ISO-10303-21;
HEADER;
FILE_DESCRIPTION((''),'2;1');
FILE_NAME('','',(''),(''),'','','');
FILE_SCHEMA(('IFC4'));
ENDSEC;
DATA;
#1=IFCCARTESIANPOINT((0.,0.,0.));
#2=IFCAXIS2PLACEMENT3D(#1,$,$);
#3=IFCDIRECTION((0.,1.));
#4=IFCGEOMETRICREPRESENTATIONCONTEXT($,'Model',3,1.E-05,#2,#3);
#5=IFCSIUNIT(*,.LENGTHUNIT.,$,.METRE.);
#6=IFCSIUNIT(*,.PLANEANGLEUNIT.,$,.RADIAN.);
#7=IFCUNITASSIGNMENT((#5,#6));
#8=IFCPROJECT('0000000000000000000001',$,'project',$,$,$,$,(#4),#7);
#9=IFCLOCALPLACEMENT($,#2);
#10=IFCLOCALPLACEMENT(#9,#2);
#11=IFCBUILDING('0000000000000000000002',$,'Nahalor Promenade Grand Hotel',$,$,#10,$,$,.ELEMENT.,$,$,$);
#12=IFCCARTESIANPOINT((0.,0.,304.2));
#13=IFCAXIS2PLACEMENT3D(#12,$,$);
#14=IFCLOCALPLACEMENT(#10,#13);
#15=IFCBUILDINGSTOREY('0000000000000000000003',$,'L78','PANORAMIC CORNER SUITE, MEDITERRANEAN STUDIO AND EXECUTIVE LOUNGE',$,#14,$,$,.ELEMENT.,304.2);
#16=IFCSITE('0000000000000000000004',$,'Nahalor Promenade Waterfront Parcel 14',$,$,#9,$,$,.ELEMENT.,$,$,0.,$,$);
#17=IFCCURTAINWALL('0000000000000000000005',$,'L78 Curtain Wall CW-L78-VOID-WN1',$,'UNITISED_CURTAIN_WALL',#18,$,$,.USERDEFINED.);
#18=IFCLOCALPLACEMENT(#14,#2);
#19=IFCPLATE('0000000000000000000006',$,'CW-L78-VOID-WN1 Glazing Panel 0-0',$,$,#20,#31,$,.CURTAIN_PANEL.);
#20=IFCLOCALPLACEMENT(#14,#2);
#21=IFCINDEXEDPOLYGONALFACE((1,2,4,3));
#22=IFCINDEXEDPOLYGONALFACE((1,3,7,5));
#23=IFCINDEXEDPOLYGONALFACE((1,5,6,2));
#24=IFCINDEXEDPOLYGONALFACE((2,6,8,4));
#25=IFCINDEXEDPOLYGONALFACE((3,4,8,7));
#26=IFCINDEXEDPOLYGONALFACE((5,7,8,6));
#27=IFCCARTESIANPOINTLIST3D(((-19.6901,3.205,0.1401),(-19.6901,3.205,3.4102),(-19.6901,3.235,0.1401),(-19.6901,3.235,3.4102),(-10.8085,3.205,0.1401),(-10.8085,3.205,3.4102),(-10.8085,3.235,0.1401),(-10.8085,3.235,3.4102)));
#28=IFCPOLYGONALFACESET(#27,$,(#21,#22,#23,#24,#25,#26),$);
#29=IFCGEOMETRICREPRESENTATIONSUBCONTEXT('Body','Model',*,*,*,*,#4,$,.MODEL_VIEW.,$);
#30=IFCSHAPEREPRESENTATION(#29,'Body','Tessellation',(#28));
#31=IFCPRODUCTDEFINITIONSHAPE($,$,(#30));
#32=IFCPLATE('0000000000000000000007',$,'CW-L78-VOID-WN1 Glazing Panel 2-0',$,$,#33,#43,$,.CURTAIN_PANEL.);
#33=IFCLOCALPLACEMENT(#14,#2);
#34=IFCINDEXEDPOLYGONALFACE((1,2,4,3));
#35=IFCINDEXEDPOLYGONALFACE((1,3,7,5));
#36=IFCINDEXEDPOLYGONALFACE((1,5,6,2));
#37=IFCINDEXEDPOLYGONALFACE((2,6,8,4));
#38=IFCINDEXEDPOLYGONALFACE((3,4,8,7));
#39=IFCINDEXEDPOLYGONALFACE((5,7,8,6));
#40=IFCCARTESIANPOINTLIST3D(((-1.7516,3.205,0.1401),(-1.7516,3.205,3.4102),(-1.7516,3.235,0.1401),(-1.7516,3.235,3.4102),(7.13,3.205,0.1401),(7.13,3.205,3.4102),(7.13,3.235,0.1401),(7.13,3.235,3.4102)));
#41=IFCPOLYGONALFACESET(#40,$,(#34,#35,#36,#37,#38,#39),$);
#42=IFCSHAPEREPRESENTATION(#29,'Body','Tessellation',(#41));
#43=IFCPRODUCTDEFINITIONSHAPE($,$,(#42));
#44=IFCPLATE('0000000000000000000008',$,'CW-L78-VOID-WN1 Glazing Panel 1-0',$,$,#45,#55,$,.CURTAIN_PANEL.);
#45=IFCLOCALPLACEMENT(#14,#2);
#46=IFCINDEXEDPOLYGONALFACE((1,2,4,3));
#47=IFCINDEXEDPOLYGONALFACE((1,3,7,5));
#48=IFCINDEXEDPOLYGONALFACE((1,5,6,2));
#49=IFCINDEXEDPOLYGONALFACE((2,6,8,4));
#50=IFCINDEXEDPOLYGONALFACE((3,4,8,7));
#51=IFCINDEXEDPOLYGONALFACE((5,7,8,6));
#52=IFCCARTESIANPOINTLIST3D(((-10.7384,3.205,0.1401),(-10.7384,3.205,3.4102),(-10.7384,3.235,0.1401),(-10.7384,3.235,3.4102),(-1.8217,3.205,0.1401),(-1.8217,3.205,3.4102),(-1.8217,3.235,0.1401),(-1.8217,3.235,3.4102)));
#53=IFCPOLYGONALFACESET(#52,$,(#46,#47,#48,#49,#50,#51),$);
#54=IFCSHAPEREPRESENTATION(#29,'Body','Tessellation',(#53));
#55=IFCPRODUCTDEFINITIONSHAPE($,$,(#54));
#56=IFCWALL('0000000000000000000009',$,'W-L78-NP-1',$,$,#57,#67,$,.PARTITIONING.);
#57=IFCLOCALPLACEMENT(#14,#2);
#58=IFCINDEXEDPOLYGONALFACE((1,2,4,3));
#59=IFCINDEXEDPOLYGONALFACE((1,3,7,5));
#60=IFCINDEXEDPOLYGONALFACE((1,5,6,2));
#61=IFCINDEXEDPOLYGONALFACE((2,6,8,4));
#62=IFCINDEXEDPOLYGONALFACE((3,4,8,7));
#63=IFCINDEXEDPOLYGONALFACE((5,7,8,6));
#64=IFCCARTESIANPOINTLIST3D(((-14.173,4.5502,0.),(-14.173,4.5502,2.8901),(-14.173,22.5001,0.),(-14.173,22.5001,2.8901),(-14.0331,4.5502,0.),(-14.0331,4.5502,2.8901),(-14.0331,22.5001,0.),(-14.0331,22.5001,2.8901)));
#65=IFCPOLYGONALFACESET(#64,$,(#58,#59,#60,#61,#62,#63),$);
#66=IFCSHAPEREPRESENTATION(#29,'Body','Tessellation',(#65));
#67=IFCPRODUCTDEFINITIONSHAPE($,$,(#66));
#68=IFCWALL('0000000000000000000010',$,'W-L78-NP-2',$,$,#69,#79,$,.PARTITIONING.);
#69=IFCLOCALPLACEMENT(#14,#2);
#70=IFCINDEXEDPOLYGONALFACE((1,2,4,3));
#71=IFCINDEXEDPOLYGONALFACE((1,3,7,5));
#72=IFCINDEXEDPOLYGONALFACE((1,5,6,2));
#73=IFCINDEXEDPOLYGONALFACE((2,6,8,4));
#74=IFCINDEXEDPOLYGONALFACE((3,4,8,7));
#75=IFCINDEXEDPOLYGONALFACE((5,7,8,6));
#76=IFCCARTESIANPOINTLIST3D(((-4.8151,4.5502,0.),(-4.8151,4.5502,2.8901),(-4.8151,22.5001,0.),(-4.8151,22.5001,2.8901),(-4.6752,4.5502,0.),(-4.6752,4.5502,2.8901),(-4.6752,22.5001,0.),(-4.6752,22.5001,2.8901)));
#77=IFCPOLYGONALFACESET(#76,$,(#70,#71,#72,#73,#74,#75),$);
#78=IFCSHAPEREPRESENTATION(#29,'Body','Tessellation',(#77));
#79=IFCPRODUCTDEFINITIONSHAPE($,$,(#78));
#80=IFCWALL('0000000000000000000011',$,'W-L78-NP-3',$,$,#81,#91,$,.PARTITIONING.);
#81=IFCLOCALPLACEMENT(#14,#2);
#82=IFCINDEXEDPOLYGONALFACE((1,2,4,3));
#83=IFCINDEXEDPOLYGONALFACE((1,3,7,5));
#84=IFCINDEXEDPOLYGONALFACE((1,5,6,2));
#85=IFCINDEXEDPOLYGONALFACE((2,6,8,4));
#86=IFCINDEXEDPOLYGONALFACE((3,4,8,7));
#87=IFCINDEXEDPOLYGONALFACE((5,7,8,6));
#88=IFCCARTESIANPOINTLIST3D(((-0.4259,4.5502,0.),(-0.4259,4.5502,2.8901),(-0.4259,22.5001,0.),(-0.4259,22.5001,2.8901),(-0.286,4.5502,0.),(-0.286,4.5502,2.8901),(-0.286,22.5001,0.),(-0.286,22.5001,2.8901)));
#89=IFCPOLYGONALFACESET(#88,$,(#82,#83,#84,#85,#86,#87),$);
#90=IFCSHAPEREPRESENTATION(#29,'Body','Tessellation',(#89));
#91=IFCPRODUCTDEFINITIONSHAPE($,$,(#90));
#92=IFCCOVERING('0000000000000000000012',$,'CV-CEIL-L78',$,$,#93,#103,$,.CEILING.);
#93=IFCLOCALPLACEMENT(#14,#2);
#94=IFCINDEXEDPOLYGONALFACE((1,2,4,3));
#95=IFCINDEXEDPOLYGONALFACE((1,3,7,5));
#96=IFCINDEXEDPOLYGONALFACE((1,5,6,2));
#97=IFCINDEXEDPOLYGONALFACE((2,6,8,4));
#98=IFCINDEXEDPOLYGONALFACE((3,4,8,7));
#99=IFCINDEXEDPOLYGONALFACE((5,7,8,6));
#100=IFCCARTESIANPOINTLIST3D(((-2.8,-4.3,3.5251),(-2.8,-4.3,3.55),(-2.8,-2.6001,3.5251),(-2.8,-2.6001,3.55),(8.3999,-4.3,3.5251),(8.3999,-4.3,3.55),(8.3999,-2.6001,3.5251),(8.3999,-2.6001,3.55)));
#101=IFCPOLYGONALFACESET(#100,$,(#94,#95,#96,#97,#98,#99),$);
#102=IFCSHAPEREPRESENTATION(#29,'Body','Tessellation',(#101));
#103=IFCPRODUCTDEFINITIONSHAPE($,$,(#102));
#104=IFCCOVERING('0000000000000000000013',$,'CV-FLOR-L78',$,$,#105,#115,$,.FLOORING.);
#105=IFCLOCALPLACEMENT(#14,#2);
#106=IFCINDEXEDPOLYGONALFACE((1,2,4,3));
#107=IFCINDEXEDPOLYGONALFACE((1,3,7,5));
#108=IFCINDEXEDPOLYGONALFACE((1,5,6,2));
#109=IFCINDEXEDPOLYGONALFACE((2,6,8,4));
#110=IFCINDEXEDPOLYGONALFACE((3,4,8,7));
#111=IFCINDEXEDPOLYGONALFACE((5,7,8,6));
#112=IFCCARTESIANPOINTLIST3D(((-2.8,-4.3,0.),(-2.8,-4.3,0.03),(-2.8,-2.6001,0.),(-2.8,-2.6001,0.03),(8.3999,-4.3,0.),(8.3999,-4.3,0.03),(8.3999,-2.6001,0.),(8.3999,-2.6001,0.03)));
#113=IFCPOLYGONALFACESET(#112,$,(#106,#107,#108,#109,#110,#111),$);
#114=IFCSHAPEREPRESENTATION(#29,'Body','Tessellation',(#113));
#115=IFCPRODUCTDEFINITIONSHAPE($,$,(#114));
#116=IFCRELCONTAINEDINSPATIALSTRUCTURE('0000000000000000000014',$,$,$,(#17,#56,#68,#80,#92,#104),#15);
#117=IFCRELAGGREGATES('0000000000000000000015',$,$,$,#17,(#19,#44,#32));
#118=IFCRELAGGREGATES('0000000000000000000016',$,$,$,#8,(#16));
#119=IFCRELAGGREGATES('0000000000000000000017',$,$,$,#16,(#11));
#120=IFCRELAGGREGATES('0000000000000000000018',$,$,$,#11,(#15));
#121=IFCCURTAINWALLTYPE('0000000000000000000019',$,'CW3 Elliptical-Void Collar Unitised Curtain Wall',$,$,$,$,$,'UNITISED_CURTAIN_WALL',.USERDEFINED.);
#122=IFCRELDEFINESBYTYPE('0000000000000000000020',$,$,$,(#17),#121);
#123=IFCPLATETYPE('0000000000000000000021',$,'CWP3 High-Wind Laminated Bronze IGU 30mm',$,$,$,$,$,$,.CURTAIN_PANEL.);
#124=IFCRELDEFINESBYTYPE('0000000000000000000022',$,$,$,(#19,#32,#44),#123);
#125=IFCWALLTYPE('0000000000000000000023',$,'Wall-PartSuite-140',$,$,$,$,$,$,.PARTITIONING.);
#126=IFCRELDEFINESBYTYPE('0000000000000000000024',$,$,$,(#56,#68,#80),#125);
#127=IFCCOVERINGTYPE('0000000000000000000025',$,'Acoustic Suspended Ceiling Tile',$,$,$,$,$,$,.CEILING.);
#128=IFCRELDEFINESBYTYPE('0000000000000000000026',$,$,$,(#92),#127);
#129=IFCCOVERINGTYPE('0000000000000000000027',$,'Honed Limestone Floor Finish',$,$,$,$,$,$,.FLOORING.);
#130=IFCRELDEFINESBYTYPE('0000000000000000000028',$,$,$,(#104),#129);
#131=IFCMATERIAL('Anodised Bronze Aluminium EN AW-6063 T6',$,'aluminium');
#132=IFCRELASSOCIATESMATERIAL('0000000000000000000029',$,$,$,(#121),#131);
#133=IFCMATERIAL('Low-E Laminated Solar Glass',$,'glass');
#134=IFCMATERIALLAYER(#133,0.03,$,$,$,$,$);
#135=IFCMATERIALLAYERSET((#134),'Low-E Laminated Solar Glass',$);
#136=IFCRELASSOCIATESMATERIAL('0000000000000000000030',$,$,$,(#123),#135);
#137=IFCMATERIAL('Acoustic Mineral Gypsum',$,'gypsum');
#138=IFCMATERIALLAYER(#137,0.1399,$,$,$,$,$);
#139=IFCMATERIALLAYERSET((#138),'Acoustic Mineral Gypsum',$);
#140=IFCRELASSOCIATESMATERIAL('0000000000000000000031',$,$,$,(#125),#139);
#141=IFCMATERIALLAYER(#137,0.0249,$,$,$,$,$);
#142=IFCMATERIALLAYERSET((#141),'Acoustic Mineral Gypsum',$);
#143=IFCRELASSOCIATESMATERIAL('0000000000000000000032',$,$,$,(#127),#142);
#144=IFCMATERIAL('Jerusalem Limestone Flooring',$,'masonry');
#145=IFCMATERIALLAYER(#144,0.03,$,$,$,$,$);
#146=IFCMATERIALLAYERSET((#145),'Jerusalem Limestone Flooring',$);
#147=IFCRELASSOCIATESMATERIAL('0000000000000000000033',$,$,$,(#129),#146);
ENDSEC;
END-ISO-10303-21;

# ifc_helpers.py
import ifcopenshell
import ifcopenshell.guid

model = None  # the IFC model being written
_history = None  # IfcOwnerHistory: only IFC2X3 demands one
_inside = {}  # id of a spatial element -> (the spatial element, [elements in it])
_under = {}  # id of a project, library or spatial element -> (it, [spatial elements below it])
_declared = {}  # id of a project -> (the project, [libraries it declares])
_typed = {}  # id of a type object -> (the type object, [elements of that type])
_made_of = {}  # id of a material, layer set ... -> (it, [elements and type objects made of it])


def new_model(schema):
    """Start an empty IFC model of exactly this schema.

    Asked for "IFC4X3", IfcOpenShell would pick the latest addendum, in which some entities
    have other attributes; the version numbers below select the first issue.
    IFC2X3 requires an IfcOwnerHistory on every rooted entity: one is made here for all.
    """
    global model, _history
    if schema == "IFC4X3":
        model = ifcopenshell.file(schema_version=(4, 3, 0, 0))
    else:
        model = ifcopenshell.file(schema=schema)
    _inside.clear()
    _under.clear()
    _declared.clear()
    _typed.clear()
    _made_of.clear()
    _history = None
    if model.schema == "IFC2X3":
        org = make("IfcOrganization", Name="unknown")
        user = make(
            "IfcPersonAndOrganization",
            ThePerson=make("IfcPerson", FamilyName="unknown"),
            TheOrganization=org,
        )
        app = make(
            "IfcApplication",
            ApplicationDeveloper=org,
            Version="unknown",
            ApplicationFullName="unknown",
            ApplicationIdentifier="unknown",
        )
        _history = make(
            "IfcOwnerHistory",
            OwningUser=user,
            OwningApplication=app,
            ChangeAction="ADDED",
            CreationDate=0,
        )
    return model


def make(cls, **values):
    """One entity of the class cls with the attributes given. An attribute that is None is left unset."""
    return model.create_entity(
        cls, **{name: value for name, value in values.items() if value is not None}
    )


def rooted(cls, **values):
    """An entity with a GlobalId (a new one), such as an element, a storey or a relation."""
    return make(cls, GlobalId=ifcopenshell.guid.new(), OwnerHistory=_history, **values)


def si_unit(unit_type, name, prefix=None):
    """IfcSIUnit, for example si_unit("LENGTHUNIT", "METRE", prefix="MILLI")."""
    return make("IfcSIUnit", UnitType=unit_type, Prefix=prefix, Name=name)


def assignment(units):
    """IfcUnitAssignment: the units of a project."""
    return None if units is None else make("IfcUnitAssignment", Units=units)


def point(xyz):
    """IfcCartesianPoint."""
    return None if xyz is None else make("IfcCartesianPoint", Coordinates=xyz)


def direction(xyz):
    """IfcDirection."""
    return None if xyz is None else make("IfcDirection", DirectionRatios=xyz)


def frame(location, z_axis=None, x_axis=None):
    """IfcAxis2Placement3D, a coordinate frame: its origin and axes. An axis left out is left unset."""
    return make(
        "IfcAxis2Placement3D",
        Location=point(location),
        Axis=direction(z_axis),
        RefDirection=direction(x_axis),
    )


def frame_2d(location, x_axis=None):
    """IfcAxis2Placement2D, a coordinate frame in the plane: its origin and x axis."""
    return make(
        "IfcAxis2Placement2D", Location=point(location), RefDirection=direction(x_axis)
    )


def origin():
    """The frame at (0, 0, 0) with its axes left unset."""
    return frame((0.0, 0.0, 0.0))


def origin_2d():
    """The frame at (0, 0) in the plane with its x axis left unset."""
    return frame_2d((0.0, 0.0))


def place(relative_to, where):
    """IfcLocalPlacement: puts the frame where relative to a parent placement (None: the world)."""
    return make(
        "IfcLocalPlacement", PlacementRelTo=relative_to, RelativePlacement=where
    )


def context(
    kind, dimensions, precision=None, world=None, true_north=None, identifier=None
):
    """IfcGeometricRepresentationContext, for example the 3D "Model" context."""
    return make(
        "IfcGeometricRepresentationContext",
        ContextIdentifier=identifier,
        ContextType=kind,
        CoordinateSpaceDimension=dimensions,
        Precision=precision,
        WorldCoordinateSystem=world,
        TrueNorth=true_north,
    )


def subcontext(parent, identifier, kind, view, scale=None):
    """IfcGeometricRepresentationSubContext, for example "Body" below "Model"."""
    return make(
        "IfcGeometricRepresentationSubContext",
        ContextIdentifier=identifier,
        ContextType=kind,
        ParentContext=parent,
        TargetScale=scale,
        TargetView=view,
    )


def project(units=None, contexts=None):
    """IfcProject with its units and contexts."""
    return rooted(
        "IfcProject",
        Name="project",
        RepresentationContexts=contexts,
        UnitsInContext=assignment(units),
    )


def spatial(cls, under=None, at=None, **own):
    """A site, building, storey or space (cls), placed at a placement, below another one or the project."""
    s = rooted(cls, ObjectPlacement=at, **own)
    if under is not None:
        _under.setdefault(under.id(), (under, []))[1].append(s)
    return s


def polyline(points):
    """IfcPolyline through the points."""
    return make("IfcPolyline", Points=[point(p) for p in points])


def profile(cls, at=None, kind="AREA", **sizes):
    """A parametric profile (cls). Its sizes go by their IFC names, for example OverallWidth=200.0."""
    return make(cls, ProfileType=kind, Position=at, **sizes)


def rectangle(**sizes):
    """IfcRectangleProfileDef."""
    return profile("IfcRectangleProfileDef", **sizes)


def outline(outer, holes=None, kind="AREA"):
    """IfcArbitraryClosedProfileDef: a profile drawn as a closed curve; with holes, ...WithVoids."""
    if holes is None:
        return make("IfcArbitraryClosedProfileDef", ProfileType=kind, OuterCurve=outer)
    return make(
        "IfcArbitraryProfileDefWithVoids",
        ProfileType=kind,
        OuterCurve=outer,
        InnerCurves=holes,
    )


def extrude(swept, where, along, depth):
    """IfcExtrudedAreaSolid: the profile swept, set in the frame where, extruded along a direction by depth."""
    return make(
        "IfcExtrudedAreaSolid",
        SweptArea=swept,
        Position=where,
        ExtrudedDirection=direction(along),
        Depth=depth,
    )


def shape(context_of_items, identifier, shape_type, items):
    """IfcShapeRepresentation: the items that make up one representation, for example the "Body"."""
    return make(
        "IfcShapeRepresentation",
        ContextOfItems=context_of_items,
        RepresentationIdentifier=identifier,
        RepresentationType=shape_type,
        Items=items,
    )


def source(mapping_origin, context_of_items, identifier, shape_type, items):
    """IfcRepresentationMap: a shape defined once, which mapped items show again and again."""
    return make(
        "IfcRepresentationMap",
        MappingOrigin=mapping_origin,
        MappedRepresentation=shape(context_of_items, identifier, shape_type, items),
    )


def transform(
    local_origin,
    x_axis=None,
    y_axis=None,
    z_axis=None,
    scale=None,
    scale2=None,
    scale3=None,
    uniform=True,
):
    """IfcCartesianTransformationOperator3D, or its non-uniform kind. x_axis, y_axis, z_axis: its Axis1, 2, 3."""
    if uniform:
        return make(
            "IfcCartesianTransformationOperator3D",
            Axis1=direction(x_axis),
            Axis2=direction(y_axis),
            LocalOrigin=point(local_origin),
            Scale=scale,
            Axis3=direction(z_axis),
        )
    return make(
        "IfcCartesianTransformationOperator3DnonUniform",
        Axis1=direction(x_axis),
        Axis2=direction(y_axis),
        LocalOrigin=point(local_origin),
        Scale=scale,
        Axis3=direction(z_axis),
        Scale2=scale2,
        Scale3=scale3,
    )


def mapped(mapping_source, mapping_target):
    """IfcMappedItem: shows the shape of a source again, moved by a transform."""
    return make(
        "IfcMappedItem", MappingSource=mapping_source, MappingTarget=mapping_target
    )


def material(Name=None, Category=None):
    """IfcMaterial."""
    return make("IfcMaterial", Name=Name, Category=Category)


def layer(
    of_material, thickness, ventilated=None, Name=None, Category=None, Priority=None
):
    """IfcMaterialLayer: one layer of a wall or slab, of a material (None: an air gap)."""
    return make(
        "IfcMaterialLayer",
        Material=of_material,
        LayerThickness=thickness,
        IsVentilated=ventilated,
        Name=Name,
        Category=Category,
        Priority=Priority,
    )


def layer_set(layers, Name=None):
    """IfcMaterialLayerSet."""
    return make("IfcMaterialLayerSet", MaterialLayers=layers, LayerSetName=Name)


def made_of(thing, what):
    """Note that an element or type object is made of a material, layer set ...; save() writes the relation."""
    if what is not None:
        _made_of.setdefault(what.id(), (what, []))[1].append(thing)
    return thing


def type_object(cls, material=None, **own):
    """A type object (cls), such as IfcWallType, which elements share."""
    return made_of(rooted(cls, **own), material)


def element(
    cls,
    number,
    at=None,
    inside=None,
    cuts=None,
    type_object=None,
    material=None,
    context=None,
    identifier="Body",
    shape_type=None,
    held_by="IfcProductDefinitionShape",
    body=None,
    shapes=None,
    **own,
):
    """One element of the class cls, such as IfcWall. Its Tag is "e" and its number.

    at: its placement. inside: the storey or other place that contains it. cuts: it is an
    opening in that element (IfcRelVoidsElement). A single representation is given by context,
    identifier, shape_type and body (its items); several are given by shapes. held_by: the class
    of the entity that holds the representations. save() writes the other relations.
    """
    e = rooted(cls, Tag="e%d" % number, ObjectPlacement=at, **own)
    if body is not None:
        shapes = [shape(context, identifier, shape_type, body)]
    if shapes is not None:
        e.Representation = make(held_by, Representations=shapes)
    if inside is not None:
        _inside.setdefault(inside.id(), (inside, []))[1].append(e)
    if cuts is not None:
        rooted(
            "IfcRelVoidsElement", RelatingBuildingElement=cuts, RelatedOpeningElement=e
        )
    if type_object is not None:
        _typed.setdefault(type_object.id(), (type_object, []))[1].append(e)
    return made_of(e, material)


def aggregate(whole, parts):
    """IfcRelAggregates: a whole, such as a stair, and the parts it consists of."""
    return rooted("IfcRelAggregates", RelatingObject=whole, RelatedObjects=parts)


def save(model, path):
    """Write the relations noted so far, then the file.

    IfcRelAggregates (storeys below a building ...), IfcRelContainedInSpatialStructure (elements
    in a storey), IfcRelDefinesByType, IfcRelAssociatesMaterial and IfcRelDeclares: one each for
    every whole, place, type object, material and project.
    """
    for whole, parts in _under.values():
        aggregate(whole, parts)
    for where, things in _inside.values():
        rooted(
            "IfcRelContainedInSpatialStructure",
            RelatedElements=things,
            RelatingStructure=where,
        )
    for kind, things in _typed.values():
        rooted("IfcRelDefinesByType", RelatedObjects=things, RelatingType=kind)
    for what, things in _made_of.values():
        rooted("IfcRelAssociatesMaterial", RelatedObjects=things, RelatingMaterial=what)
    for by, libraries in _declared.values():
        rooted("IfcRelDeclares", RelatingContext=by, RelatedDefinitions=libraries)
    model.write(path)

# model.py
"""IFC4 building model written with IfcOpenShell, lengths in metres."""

from ifc_helpers import new_model, si_unit, direction, frame, frame_2d, origin, origin_2d, place, context, subcontext, project, spatial, polyline, rectangle, outline, extrude, source, transform, mapped, material, layer, layer_set, type_object, element, aggregate, save


model = new_model("IFC4")

# Units and contexts
model_context = context("Model", 3, precision=1e-05, world=origin(), true_north=direction((0.0, 1.0)))
body_context = subcontext(model_context, "Body", "Model", "MODEL_VIEW")
ifc_project = project(units=[si_unit("LENGTHUNIT", "METRE"), si_unit("PLANEANGLEUNIT", "RADIAN")], contexts=[model_context])

# Site, building, storey
site_placement = place(None, origin())
site = spatial("IfcSite", under=ifc_project, at=site_placement, Name="Nahalor Promenade Waterfront Parcel 14", CompositionType="ELEMENT", RefElevation=0.0)
building_placement = place(site_placement, origin())
building = spatial("IfcBuilding", under=site, at=building_placement, Name="Nahalor Promenade Grand Hotel", CompositionType="ELEMENT")
storey_placement = place(building_placement, frame((0.0, 0.0, 304.2)))
storey = spatial("IfcBuildingStorey", under=building, at=storey_placement, Name="L78", Description="PANORAMIC CORNER SUITE, MEDITERRANEAN STUDIO AND EXECUTIVE LOUNGE", CompositionType="ELEMENT", Elevation=304.2)

# Curtain wall
ifc_material_1 = material(Name="Anodised Bronze Aluminium EN AW-6063 T6", Category="aluminium")
curtain_wall_type = type_object("IfcCurtainWallType", Name="CW3 Elliptical-Void Collar Unitised Curtain Wall", ElementType="UNITISED_CURTAIN_WALL", PredefinedType="USERDEFINED", material=ifc_material_1)
curtain_wall_placement = place(storey_placement, origin())
curtain_wall = element("IfcCurtainWall", 1, at=curtain_wall_placement, inside=storey, type_object=curtain_wall_type, Name="L78 Curtain Wall CW-L78-VOID-WN1", ObjectType="UNITISED_CURTAIN_WALL", PredefinedType="USERDEFINED")

# Plates
ifc_material_2 = material(Name="Low-E Laminated Solar Glass", Category="glass")
ifc_layer_1 = layer(ifc_material_2, 0.03)
ifc_layer_set_1 = layer_set([ifc_layer_1], Name="Low-E Laminated Solar Glass")
plate_type = type_object("IfcPlateType", Name="CWP3 High-Wind Laminated Bronze IGU 30mm", PredefinedType="CURTAIN_PANEL", material=ifc_layer_set_1)
shared_shape_1 = source(origin(), body_context, "Body", "SweptSolid", [
    extrude(rectangle(XDim=8.8816, YDim=0.03, at=origin_2d()), origin(), (0.0, 0.0, 1.0), 3.27),
])
plate_1_placement = place(storey_placement, frame((-15.2493, 3.22, 0.1401), z_axis=(0.0, 0.0, 1.0), x_axis=(1.0, 0.0, 0.0)))
plate_1 = element("IfcPlate", 2, at=plate_1_placement, type_object=plate_type, Name="CW-L78-VOID-WN1 Glazing Panel 0-0", PredefinedType="CURTAIN_PANEL", context=body_context, shape_type="MappedRepresentation", body=[
    mapped(shared_shape_1, transform((0.0, 0.0, 0.0), scale=1.0)),
])
plate_2_placement = place(storey_placement, frame((2.6892, 3.22, 0.1401), z_axis=(0.0, 0.0, 1.0), x_axis=(1.0, 0.0, 0.0)))
plate_2 = element("IfcPlate", 3, at=plate_2_placement, type_object=plate_type, Name="CW-L78-VOID-WN1 Glazing Panel 2-0", PredefinedType="CURTAIN_PANEL", context=body_context, shape_type="MappedRepresentation", body=[
    mapped(shared_shape_1, transform((0.0, 0.0, 0.0), scale=1.0)),
])
shared_shape_2 = source(origin(), body_context, "Body", "SweptSolid", [
    extrude(rectangle(XDim=8.9167, YDim=0.03, at=origin_2d()), origin(), (0.0, 0.0, 1.0), 3.27),
])
plate_3_placement = place(storey_placement, frame((-6.28, 3.22, 0.1401), z_axis=(0.0, 0.0, 1.0), x_axis=(1.0, 0.0, 0.0)))
plate_3 = element("IfcPlate", 4, at=plate_3_placement, type_object=plate_type, Name="CW-L78-VOID-WN1 Glazing Panel 1-0", PredefinedType="CURTAIN_PANEL", context=body_context, shape_type="MappedRepresentation", body=[
    mapped(shared_shape_2, transform((0.0, 0.0, 0.0), scale=1.0)),
])
aggregate(curtain_wall, [plate_1, plate_3, plate_2])

# Walls
ifc_material_3 = material(Name="Acoustic Mineral Gypsum", Category="gypsum")
ifc_layer_2 = layer(ifc_material_3, 0.1399)
ifc_layer_set_2 = layer_set([ifc_layer_2], Name="Acoustic Mineral Gypsum")
wall_type = type_object("IfcWallType", Name="Wall-PartSuite-140", PredefinedType="PARTITIONING", material=ifc_layer_set_2)
shared_shape_3 = source(origin(), body_context, "Body", "SweptSolid", [
    extrude(rectangle(XDim=17.95, YDim=0.1399, at=frame_2d((8.9751, 0.0))), origin(), (0.0, 0.0, 1.0), 2.8901),
])
for number, where, z_axis, x_axis, name in (
    (5, (-14.103, 4.55, 0.0), (0.0, 0.0, 1.0), (0.0, 1.0, 0.0), "W-L78-NP-1"),
    (6, (-4.7451, 4.55, 0.0), (0.0, 0.0, 1.0), (0.0, 1.0, 0.0), "W-L78-NP-2"),
    (7, (-0.356, 4.55, 0.0), (0.0, 0.0, 1.0), (0.0, 1.0, 0.0), "W-L78-NP-3"),
):
    element("IfcWall", number, at=place(storey_placement, frame(where, z_axis=z_axis, x_axis=x_axis)), inside=storey, type_object=wall_type, Name=name, PredefinedType="PARTITIONING", context=body_context, shape_type="MappedRepresentation", body=[
        mapped(shared_shape_3, transform((0.0, 0.0, 0.0), scale=1.0)),
    ])

# Coverings
ifc_layer_3 = layer(ifc_material_3, 0.0249)
ifc_layer_set_3 = layer_set([ifc_layer_3], Name="Acoustic Mineral Gypsum")
covering_type_1 = type_object("IfcCoveringType", Name="Acoustic Suspended Ceiling Tile", PredefinedType="CEILING", material=ifc_layer_set_3)
covering_1_placement = place(storey_placement, frame((0.0, 0.0, 3.5251)))
element("IfcCovering", 8, at=covering_1_placement, inside=storey, type_object=covering_type_1, Name="CV-CEIL-L78", PredefinedType="CEILING", context=body_context, shape_type="SweptSolid", body=[
    extrude(outline(polyline([(-2.8, -4.3), (8.3999, -4.3), (8.3999, -2.6001), (-2.8, -2.6001), (-2.8, -4.3)])), origin(), (0.0, 0.0, 1.0), 0.0249),
])
ifc_material_4 = material(Name="Jerusalem Limestone Flooring", Category="masonry")
ifc_layer_4 = layer(ifc_material_4, 0.03)
ifc_layer_set_4 = layer_set([ifc_layer_4], Name="Jerusalem Limestone Flooring")
covering_type_2 = type_object("IfcCoveringType", Name="Honed Limestone Floor Finish", PredefinedType="FLOORING", material=ifc_layer_set_4)
covering_2_placement = place(storey_placement, origin())
element("IfcCovering", 9, at=covering_2_placement, inside=storey, type_object=covering_type_2, Name="CV-FLOR-L78", PredefinedType="FLOORING", context=body_context, shape_type="SweptSolid", body=[
    extrude(outline(polyline([(-2.8, -4.3), (8.3999, -4.3), (8.3999, -2.6001), (-2.8, -2.6001), (-2.8, -4.3)])), origin(), (0.0, 0.0, 1.0), 0.03),
])

save(model, "model.ifc")
